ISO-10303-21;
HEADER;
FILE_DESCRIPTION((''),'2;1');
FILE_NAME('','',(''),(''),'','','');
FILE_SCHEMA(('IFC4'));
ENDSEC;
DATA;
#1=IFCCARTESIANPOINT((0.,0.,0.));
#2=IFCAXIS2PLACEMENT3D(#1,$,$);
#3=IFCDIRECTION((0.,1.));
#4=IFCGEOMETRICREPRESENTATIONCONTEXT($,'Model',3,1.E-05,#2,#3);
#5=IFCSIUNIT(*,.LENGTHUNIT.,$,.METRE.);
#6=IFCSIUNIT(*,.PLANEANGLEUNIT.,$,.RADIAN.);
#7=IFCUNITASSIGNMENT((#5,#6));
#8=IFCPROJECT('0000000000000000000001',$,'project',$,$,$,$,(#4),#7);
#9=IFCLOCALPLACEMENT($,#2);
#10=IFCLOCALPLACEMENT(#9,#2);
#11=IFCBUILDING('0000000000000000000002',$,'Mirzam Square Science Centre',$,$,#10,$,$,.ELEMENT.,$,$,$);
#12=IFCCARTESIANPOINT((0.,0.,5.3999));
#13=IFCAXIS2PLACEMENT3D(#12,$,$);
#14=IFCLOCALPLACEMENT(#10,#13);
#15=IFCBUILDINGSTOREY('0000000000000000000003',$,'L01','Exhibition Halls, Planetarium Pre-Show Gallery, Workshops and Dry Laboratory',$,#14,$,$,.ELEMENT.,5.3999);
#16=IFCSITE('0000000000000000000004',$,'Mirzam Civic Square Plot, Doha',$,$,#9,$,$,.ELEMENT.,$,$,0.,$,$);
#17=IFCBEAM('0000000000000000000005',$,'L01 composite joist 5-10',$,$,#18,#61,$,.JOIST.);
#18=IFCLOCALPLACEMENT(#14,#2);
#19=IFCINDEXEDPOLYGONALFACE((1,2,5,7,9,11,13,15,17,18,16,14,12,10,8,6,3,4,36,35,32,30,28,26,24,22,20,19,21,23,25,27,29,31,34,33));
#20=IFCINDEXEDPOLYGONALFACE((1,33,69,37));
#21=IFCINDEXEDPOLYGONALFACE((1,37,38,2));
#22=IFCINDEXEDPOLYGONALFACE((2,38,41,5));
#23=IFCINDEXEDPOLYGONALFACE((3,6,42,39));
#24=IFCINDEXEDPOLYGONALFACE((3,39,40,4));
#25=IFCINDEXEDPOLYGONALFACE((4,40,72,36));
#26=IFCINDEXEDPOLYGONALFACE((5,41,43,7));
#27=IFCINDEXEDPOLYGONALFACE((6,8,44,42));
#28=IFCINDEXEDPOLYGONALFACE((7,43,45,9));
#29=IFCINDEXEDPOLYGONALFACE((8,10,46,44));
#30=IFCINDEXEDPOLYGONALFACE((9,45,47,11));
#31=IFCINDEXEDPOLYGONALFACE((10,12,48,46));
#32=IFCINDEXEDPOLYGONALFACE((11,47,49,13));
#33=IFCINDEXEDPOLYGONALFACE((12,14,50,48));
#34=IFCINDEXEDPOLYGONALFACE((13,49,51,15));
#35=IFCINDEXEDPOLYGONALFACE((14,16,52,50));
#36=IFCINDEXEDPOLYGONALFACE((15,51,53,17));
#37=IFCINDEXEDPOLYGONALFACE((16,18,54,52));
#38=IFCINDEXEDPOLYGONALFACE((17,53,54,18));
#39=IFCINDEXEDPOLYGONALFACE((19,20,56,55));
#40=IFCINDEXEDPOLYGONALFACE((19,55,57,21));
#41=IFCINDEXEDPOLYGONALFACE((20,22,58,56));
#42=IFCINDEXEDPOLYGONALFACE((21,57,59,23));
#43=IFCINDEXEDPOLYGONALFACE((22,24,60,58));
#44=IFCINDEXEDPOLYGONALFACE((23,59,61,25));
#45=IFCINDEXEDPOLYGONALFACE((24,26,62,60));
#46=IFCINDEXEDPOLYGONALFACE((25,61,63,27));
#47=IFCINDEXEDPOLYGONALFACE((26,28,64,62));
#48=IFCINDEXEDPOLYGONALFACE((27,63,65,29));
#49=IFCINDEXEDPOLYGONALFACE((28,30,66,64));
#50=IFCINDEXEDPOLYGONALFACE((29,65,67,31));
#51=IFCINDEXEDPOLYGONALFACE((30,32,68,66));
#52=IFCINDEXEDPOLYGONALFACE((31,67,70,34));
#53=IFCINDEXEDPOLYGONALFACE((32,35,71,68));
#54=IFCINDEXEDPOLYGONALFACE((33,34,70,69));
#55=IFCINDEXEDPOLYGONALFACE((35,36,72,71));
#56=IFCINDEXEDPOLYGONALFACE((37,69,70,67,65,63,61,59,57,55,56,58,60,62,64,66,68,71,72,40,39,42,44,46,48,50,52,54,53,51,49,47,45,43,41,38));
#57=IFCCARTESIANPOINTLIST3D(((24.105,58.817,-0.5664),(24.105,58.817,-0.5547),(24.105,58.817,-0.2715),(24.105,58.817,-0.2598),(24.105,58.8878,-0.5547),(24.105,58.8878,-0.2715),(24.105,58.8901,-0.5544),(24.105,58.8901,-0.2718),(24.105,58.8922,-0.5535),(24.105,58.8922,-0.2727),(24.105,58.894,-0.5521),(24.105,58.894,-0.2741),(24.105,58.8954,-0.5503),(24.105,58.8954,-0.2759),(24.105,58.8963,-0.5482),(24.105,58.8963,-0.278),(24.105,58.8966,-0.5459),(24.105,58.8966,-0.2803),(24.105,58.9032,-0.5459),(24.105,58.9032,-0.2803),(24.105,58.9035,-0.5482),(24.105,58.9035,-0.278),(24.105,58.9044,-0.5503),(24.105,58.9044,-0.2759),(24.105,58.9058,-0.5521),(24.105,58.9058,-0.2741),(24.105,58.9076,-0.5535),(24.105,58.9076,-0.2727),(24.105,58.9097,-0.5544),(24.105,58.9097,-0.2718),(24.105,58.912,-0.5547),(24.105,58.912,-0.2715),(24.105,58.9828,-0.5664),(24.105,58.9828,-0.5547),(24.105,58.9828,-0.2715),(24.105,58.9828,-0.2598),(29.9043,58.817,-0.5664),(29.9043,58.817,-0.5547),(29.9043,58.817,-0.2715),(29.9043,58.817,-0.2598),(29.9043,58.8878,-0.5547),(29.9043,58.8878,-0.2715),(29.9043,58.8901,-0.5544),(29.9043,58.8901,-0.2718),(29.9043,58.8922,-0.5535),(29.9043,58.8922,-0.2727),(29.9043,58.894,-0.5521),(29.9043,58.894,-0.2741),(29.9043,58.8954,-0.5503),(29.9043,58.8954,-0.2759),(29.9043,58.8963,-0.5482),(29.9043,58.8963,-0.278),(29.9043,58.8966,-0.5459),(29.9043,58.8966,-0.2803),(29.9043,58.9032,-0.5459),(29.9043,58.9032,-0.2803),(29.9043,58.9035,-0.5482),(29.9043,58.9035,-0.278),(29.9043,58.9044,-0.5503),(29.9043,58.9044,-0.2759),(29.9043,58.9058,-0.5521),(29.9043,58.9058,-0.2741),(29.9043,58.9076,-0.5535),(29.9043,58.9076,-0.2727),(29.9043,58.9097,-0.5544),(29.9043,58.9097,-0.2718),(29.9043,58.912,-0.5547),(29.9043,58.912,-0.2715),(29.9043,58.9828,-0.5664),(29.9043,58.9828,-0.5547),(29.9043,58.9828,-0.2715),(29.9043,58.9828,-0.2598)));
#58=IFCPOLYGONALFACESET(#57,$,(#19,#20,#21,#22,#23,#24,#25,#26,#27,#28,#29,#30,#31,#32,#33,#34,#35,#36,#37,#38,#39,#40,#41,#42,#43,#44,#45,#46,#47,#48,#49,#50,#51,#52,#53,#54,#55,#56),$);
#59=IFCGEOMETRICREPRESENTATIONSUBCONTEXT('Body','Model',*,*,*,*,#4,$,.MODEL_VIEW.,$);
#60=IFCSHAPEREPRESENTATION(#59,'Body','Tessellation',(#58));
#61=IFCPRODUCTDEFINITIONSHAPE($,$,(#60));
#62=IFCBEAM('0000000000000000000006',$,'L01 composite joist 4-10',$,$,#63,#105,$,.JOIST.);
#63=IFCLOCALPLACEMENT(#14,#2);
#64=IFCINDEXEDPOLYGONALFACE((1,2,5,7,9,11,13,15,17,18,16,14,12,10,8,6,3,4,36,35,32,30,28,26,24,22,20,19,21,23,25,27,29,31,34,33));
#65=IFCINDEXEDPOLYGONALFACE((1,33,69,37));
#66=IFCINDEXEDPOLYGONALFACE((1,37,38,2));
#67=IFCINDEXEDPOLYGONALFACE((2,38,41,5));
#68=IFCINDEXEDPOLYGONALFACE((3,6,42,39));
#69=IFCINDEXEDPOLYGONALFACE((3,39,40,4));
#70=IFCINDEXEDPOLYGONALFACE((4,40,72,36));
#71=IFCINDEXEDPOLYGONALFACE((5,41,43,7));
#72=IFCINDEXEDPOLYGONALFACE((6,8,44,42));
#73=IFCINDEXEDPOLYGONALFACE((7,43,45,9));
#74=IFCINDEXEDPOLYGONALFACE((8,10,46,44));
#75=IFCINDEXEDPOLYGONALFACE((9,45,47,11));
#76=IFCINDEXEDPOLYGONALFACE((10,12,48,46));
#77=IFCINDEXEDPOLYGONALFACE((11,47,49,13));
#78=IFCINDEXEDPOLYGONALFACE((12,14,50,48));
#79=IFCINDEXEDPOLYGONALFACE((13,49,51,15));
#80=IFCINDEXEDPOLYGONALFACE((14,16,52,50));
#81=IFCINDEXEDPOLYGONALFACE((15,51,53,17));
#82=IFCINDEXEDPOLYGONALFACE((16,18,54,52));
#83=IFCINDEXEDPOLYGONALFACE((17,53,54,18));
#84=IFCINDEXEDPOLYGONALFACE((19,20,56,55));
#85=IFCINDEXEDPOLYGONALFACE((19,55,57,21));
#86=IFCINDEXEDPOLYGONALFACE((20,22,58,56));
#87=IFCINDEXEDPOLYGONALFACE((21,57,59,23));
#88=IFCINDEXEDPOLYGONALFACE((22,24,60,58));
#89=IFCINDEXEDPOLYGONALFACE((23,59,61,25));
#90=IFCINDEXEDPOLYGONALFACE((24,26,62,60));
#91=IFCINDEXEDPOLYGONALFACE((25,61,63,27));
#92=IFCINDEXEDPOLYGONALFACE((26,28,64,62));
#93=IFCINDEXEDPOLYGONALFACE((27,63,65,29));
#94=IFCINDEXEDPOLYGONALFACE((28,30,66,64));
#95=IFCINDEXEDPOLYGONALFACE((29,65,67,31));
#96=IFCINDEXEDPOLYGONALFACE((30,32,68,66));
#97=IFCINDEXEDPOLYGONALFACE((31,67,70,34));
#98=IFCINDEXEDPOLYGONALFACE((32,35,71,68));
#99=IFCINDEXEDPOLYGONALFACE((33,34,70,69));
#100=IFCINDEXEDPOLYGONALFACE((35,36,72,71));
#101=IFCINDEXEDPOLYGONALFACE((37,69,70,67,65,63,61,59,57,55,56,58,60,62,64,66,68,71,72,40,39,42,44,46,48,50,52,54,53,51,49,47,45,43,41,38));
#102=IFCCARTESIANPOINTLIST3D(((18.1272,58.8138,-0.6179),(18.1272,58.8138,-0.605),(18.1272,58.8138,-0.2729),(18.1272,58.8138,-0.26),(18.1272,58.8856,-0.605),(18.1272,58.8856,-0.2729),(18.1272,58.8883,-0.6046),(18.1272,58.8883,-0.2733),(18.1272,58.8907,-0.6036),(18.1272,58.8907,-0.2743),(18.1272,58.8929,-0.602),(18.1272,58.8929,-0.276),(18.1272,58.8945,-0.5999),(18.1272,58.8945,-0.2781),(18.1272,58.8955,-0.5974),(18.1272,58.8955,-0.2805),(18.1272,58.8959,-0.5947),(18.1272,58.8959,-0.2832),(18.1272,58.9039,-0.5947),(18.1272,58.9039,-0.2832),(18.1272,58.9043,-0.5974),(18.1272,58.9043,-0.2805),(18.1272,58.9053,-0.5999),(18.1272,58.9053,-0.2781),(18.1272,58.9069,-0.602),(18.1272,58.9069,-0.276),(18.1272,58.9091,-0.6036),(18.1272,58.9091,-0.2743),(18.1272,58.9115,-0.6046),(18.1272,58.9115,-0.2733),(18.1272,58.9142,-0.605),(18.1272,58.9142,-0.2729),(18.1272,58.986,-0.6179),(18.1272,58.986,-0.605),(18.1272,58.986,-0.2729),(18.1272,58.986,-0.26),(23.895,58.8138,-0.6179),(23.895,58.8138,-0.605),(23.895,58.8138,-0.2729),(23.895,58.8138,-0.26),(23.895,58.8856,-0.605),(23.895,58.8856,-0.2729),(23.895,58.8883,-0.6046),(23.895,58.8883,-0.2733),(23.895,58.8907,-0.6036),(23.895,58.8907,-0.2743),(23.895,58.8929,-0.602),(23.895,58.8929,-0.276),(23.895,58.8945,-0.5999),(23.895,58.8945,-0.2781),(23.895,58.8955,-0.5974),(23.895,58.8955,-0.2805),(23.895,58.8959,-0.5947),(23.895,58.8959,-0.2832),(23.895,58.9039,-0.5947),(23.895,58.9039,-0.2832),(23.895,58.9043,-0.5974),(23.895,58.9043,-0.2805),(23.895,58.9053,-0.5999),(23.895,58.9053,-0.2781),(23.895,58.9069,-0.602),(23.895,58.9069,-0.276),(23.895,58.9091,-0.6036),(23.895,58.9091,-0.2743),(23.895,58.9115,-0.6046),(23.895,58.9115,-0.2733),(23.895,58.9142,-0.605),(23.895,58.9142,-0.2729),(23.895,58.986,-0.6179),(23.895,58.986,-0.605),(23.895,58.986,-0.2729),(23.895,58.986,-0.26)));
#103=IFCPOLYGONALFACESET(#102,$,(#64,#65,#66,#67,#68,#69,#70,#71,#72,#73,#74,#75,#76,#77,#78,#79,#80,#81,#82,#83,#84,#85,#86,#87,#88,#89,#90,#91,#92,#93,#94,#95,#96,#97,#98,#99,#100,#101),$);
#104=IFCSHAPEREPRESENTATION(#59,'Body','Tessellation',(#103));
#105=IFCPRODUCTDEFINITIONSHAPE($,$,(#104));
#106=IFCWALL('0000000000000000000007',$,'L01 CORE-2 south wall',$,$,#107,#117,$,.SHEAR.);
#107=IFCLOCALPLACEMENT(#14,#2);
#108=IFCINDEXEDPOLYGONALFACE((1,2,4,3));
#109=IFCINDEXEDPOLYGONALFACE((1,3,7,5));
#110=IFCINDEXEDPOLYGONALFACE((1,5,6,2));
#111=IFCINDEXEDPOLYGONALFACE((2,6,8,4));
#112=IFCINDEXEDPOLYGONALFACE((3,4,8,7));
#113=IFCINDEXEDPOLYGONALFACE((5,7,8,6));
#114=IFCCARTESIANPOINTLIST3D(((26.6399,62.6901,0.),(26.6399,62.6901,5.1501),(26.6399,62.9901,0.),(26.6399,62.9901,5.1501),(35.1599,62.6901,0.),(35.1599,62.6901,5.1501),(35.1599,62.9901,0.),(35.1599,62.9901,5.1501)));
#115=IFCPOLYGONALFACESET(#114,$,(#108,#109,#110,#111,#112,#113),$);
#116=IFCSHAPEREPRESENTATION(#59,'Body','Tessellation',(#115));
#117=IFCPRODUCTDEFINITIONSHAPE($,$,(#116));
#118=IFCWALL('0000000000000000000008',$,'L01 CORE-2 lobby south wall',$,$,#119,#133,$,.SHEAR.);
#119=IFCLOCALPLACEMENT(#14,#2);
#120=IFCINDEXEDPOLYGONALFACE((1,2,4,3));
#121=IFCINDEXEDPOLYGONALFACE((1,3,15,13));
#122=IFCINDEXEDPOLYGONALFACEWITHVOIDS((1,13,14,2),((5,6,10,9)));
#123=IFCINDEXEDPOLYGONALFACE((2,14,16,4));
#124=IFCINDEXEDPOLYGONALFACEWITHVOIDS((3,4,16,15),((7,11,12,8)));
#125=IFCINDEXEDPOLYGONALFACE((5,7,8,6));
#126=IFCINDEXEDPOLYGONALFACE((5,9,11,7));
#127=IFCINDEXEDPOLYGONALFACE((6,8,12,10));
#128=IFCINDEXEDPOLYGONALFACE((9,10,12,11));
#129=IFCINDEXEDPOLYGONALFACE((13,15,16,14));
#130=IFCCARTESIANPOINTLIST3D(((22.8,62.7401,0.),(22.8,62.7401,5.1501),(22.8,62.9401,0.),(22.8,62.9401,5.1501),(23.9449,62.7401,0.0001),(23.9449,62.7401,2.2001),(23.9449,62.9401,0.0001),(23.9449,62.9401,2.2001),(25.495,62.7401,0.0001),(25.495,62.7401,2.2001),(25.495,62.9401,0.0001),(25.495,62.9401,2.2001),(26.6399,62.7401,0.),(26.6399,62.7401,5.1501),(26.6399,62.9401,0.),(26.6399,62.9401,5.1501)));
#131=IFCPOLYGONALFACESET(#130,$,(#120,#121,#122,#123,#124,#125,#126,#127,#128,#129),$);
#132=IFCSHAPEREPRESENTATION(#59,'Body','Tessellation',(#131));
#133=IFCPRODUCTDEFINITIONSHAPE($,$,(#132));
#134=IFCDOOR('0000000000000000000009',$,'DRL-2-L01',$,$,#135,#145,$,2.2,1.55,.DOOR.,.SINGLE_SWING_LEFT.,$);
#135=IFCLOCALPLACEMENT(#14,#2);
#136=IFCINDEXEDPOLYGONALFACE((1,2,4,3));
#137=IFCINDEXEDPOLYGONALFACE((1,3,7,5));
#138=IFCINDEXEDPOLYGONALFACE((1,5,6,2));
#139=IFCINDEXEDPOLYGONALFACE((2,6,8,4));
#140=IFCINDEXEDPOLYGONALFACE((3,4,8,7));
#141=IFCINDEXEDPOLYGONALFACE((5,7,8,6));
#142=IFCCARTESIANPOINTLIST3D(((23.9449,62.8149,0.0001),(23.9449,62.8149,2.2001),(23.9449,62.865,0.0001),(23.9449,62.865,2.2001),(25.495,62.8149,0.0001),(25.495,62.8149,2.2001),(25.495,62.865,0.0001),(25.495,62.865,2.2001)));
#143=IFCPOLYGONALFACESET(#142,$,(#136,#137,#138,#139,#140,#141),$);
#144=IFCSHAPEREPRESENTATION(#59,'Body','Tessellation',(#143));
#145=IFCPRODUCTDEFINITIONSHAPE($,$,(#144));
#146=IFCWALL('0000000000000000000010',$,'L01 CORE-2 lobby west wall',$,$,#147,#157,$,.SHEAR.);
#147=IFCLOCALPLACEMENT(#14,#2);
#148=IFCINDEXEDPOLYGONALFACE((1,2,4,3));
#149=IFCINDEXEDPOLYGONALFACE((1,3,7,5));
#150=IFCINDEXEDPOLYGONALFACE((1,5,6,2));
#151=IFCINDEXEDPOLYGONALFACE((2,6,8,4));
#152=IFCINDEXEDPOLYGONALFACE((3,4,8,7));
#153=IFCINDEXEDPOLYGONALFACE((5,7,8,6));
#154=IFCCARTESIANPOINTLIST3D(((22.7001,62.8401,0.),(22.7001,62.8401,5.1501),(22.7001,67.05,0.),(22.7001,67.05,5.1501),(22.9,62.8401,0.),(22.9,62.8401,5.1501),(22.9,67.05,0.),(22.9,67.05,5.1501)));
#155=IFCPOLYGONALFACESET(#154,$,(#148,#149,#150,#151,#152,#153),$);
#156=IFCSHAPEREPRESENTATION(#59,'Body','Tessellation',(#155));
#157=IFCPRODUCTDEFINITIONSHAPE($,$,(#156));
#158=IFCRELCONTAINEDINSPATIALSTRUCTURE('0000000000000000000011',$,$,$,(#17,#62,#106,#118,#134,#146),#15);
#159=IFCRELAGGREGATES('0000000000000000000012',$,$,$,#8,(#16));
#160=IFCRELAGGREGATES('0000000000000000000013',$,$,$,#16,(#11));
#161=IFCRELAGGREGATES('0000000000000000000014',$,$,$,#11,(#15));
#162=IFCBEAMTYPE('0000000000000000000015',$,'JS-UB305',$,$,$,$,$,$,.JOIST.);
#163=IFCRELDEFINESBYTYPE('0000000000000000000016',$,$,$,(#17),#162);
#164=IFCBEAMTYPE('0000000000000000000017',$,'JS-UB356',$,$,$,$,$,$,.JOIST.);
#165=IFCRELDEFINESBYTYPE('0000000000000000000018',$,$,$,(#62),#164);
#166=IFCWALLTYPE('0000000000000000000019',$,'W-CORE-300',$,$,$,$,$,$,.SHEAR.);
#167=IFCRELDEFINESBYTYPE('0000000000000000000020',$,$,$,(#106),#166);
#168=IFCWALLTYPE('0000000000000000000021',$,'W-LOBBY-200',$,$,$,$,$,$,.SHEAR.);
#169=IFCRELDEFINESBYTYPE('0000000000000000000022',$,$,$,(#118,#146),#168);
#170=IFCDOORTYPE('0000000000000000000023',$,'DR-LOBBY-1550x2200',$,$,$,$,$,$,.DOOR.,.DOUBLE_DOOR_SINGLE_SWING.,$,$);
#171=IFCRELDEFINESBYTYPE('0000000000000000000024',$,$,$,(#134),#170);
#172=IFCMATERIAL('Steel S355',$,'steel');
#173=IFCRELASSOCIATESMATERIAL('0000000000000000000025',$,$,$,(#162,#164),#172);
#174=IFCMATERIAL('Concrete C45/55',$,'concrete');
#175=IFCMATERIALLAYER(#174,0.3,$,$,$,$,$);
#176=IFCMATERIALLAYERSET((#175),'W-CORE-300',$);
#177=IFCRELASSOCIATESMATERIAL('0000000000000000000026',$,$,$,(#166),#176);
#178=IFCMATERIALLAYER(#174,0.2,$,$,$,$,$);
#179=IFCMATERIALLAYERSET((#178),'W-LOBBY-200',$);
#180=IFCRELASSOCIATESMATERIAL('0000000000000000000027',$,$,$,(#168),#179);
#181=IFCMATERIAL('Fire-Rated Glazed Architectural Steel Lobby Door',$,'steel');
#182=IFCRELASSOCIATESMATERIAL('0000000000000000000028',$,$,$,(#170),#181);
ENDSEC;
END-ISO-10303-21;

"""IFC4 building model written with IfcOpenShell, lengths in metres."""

from ifc_helpers import new_model, si_unit, direction, frame, frame_2d, origin, origin_2d, place, context, subcontext, project, spatial, rectangle, i_section, extrude, material, layer, layer_set, material_profile, profile_set, type_object, element, fill, save


model = new_model("IFC4")

# Units and contexts
model_context = context("Model", 3, precision=1e-05, world=origin(), true_north=direction((0.0, 1.0)))
body_context = subcontext(model_context, "Body", "Model", "MODEL_VIEW")
ifc_project = project(units=[si_unit("LENGTHUNIT", "METRE"), si_unit("PLANEANGLEUNIT", "RADIAN")], contexts=[model_context])

# Site, building, storey
site_placement = place(None, origin())
site = spatial("IfcSite", under=ifc_project, at=site_placement, Name="Mirzam Civic Square Plot, Doha", CompositionType="ELEMENT", RefElevation=0.0)
building_placement = place(site_placement, origin())
building = spatial("IfcBuilding", under=site, at=building_placement, Name="Mirzam Square Science Centre", CompositionType="ELEMENT")
storey_placement = place(building_placement, frame((0.0, 0.0, 5.3999)))
storey = spatial("IfcBuildingStorey", under=building, at=storey_placement, Name="L01", Description="Exhibition Halls, Planetarium Pre-Show Gallery, Workshops and Dry Laboratory", CompositionType="ELEMENT", Elevation=5.3999)

# Shared definitions
ifc_material_1 = material(Name="Steel S355", Category="steel")

# Beams
ifc_material_profile_1 = material_profile(ifc_material_1, i_section(OverallWidth=0.1658, OverallDepth=0.3066, WebThickness=0.0066, FlangeThickness=0.0117, FilletRadius=0.0088, at=origin_2d()), Name="305x165x46UB")
ifc_profile_set_1 = profile_set([ifc_material_profile_1], Name="Steel S355")
beam_type_1 = type_object("IfcBeamType", Name="JS-UB305", PredefinedType="JOIST", material=ifc_profile_set_1)
beam_1_placement = place(storey_placement, frame((24.105, 58.8999, -0.4131), z_axis=(1.0, 0.0, 0.0), x_axis=(0.0, 1.0, 0.0)))
element("IfcBeam", 1, at=beam_1_placement, inside=storey, type_object=beam_type_1, Name="L01 composite joist 5-10", PredefinedType="JOIST", context=body_context, shape_type="SweptSolid", body=[
    extrude(i_section(OverallWidth=0.1658, OverallDepth=0.3066, WebThickness=0.0066, FlangeThickness=0.0117, FilletRadius=0.0088, at=origin_2d()), origin(), (0.0, 0.0, 1.0), 5.7993),
])
ifc_material_profile_2 = material_profile(ifc_material_1, i_section(OverallWidth=0.1721, OverallDepth=0.3579, WebThickness=0.0081, FlangeThickness=0.0129, FilletRadius=0.0103, at=origin_2d()), Name="356x171x57UB")
ifc_profile_set_2 = profile_set([ifc_material_profile_2], Name="Steel S355")
beam_type_2 = type_object("IfcBeamType", Name="JS-UB356", PredefinedType="JOIST", material=ifc_profile_set_2)
beam_2_placement = place(storey_placement, frame((18.1272, 58.8999, -0.439), z_axis=(1.0, 0.0, 0.0), x_axis=(0.0, 1.0, 0.0)))
element("IfcBeam", 2, at=beam_2_placement, inside=storey, type_object=beam_type_2, Name="L01 composite joist 4-10", PredefinedType="JOIST", context=body_context, shape_type="SweptSolid", body=[
    extrude(i_section(OverallWidth=0.1721, OverallDepth=0.3579, WebThickness=0.0081, FlangeThickness=0.0129, FilletRadius=0.0103, at=origin_2d()), origin(), (0.0, 0.0, 1.0), 5.7678),
])

# Wall
ifc_material_2 = material(Name="Concrete C45/55", Category="concrete")
ifc_layer_1 = layer(ifc_material_2, 0.3)
ifc_layer_set_1 = layer_set([ifc_layer_1], Name="W-CORE-300")
wall_type_1 = type_object("IfcWallType", Name="W-CORE-300", PredefinedType="SHEAR", material=ifc_layer_set_1)
wall_1_placement = place(storey_placement, frame((26.6399, 62.8401, 0.0), z_axis=(0.0, 0.0, 1.0), x_axis=(1.0, 0.0, 0.0)))
element("IfcWall", 3, at=wall_1_placement, inside=storey, type_object=wall_type_1, Name="L01 CORE-2 south wall", PredefinedType="SHEAR", context=body_context, shape_type="SweptSolid", body=[
    extrude(rectangle(XDim=8.52, YDim=0.3, at=frame_2d((4.26, 0.0))), origin(), (0.0, 0.0, 1.0), 5.1501),
])

# Wall, opening, door
ifc_layer_2 = layer(ifc_material_2, 0.2)
ifc_layer_set_2 = layer_set([ifc_layer_2], Name="W-LOBBY-200")
wall_type_2 = type_object("IfcWallType", Name="W-LOBBY-200", PredefinedType="SHEAR", material=ifc_layer_set_2)
wall_2_placement = place(storey_placement, frame((22.8, 62.8401, 0.0), z_axis=(0.0, 0.0, 1.0), x_axis=(1.0, 0.0, 0.0)))
wall_2 = element("IfcWall", 4, at=wall_2_placement, inside=storey, type_object=wall_type_2, Name="L01 CORE-2 lobby south wall", PredefinedType="SHEAR", context=body_context, shape_type="SweptSolid", body=[
    extrude(rectangle(XDim=3.8398, YDim=0.2, at=frame_2d((1.9199, 0.0))), origin(), (0.0, 0.0, 1.0), 5.1501),
])
opening_1_placement = place(wall_2_placement, frame((1.145, 0.0, 0.0)))
opening_1 = element("IfcOpeningElement", 5, at=opening_1_placement, cuts=wall_2, PredefinedType="OPENING", context=body_context, shape_type="SweptSolid", body=[
    extrude(rectangle(XDim=1.55, YDim=2.2, at=frame_2d((0.7749, 1.1001))), frame((0.0, 0.1099, 0.0), z_axis=(0.0, -1.0, 0.0), x_axis=(1.0, 0.0, 0.0)), (0.0, 0.0, 1.0), 0.22),
])
ifc_material_3 = material(Name="Fire-Rated Glazed Architectural Steel Lobby Door", Category="steel")
door_type_1 = type_object("IfcDoorType", Name="DR-LOBBY-1550x2200", OperationType="DOUBLE_DOOR_SINGLE_SWING", PredefinedType="DOOR", material=ifc_material_3)
door_1_placement = place(opening_1_placement, origin())
door_1 = element("IfcDoor", 6, at=door_1_placement, inside=storey, type_object=door_type_1, Name="DRL-2-L01", OperationType="SINGLE_SWING_LEFT", OverallHeight=2.2, OverallWidth=1.55, PredefinedType="DOOR", context=body_context, shape_type="SweptSolid", body=[
    extrude(rectangle(XDim=1.55, YDim=2.2, at=frame_2d((0.7749, 1.1001))), frame((0.0, 0.0249, 0.0), z_axis=(0.0, -1.0, 0.0), x_axis=(1.0, 0.0, 0.0)), (0.0, 0.0, 1.0), 0.05),
])
fill(opening_1, door_1)

# Wall
wall_3_placement = place(storey_placement, frame((22.8, 67.05, 0.0), z_axis=(0.0, 0.0, 1.0), x_axis=(0.0, -1.0, 0.0)))
element("IfcWall", 7, at=wall_3_placement, inside=storey, type_object=wall_type_2, Name="L01 CORE-2 lobby west wall", PredefinedType="SHEAR", context=body_context, shape_type="SweptSolid", body=[
    extrude(rectangle(XDim=4.21, YDim=0.2, at=frame_2d((2.105, 0.0))), origin(), (0.0, 0.0, 1.0), 5.1501),
])

save(model, "model.ifc")
